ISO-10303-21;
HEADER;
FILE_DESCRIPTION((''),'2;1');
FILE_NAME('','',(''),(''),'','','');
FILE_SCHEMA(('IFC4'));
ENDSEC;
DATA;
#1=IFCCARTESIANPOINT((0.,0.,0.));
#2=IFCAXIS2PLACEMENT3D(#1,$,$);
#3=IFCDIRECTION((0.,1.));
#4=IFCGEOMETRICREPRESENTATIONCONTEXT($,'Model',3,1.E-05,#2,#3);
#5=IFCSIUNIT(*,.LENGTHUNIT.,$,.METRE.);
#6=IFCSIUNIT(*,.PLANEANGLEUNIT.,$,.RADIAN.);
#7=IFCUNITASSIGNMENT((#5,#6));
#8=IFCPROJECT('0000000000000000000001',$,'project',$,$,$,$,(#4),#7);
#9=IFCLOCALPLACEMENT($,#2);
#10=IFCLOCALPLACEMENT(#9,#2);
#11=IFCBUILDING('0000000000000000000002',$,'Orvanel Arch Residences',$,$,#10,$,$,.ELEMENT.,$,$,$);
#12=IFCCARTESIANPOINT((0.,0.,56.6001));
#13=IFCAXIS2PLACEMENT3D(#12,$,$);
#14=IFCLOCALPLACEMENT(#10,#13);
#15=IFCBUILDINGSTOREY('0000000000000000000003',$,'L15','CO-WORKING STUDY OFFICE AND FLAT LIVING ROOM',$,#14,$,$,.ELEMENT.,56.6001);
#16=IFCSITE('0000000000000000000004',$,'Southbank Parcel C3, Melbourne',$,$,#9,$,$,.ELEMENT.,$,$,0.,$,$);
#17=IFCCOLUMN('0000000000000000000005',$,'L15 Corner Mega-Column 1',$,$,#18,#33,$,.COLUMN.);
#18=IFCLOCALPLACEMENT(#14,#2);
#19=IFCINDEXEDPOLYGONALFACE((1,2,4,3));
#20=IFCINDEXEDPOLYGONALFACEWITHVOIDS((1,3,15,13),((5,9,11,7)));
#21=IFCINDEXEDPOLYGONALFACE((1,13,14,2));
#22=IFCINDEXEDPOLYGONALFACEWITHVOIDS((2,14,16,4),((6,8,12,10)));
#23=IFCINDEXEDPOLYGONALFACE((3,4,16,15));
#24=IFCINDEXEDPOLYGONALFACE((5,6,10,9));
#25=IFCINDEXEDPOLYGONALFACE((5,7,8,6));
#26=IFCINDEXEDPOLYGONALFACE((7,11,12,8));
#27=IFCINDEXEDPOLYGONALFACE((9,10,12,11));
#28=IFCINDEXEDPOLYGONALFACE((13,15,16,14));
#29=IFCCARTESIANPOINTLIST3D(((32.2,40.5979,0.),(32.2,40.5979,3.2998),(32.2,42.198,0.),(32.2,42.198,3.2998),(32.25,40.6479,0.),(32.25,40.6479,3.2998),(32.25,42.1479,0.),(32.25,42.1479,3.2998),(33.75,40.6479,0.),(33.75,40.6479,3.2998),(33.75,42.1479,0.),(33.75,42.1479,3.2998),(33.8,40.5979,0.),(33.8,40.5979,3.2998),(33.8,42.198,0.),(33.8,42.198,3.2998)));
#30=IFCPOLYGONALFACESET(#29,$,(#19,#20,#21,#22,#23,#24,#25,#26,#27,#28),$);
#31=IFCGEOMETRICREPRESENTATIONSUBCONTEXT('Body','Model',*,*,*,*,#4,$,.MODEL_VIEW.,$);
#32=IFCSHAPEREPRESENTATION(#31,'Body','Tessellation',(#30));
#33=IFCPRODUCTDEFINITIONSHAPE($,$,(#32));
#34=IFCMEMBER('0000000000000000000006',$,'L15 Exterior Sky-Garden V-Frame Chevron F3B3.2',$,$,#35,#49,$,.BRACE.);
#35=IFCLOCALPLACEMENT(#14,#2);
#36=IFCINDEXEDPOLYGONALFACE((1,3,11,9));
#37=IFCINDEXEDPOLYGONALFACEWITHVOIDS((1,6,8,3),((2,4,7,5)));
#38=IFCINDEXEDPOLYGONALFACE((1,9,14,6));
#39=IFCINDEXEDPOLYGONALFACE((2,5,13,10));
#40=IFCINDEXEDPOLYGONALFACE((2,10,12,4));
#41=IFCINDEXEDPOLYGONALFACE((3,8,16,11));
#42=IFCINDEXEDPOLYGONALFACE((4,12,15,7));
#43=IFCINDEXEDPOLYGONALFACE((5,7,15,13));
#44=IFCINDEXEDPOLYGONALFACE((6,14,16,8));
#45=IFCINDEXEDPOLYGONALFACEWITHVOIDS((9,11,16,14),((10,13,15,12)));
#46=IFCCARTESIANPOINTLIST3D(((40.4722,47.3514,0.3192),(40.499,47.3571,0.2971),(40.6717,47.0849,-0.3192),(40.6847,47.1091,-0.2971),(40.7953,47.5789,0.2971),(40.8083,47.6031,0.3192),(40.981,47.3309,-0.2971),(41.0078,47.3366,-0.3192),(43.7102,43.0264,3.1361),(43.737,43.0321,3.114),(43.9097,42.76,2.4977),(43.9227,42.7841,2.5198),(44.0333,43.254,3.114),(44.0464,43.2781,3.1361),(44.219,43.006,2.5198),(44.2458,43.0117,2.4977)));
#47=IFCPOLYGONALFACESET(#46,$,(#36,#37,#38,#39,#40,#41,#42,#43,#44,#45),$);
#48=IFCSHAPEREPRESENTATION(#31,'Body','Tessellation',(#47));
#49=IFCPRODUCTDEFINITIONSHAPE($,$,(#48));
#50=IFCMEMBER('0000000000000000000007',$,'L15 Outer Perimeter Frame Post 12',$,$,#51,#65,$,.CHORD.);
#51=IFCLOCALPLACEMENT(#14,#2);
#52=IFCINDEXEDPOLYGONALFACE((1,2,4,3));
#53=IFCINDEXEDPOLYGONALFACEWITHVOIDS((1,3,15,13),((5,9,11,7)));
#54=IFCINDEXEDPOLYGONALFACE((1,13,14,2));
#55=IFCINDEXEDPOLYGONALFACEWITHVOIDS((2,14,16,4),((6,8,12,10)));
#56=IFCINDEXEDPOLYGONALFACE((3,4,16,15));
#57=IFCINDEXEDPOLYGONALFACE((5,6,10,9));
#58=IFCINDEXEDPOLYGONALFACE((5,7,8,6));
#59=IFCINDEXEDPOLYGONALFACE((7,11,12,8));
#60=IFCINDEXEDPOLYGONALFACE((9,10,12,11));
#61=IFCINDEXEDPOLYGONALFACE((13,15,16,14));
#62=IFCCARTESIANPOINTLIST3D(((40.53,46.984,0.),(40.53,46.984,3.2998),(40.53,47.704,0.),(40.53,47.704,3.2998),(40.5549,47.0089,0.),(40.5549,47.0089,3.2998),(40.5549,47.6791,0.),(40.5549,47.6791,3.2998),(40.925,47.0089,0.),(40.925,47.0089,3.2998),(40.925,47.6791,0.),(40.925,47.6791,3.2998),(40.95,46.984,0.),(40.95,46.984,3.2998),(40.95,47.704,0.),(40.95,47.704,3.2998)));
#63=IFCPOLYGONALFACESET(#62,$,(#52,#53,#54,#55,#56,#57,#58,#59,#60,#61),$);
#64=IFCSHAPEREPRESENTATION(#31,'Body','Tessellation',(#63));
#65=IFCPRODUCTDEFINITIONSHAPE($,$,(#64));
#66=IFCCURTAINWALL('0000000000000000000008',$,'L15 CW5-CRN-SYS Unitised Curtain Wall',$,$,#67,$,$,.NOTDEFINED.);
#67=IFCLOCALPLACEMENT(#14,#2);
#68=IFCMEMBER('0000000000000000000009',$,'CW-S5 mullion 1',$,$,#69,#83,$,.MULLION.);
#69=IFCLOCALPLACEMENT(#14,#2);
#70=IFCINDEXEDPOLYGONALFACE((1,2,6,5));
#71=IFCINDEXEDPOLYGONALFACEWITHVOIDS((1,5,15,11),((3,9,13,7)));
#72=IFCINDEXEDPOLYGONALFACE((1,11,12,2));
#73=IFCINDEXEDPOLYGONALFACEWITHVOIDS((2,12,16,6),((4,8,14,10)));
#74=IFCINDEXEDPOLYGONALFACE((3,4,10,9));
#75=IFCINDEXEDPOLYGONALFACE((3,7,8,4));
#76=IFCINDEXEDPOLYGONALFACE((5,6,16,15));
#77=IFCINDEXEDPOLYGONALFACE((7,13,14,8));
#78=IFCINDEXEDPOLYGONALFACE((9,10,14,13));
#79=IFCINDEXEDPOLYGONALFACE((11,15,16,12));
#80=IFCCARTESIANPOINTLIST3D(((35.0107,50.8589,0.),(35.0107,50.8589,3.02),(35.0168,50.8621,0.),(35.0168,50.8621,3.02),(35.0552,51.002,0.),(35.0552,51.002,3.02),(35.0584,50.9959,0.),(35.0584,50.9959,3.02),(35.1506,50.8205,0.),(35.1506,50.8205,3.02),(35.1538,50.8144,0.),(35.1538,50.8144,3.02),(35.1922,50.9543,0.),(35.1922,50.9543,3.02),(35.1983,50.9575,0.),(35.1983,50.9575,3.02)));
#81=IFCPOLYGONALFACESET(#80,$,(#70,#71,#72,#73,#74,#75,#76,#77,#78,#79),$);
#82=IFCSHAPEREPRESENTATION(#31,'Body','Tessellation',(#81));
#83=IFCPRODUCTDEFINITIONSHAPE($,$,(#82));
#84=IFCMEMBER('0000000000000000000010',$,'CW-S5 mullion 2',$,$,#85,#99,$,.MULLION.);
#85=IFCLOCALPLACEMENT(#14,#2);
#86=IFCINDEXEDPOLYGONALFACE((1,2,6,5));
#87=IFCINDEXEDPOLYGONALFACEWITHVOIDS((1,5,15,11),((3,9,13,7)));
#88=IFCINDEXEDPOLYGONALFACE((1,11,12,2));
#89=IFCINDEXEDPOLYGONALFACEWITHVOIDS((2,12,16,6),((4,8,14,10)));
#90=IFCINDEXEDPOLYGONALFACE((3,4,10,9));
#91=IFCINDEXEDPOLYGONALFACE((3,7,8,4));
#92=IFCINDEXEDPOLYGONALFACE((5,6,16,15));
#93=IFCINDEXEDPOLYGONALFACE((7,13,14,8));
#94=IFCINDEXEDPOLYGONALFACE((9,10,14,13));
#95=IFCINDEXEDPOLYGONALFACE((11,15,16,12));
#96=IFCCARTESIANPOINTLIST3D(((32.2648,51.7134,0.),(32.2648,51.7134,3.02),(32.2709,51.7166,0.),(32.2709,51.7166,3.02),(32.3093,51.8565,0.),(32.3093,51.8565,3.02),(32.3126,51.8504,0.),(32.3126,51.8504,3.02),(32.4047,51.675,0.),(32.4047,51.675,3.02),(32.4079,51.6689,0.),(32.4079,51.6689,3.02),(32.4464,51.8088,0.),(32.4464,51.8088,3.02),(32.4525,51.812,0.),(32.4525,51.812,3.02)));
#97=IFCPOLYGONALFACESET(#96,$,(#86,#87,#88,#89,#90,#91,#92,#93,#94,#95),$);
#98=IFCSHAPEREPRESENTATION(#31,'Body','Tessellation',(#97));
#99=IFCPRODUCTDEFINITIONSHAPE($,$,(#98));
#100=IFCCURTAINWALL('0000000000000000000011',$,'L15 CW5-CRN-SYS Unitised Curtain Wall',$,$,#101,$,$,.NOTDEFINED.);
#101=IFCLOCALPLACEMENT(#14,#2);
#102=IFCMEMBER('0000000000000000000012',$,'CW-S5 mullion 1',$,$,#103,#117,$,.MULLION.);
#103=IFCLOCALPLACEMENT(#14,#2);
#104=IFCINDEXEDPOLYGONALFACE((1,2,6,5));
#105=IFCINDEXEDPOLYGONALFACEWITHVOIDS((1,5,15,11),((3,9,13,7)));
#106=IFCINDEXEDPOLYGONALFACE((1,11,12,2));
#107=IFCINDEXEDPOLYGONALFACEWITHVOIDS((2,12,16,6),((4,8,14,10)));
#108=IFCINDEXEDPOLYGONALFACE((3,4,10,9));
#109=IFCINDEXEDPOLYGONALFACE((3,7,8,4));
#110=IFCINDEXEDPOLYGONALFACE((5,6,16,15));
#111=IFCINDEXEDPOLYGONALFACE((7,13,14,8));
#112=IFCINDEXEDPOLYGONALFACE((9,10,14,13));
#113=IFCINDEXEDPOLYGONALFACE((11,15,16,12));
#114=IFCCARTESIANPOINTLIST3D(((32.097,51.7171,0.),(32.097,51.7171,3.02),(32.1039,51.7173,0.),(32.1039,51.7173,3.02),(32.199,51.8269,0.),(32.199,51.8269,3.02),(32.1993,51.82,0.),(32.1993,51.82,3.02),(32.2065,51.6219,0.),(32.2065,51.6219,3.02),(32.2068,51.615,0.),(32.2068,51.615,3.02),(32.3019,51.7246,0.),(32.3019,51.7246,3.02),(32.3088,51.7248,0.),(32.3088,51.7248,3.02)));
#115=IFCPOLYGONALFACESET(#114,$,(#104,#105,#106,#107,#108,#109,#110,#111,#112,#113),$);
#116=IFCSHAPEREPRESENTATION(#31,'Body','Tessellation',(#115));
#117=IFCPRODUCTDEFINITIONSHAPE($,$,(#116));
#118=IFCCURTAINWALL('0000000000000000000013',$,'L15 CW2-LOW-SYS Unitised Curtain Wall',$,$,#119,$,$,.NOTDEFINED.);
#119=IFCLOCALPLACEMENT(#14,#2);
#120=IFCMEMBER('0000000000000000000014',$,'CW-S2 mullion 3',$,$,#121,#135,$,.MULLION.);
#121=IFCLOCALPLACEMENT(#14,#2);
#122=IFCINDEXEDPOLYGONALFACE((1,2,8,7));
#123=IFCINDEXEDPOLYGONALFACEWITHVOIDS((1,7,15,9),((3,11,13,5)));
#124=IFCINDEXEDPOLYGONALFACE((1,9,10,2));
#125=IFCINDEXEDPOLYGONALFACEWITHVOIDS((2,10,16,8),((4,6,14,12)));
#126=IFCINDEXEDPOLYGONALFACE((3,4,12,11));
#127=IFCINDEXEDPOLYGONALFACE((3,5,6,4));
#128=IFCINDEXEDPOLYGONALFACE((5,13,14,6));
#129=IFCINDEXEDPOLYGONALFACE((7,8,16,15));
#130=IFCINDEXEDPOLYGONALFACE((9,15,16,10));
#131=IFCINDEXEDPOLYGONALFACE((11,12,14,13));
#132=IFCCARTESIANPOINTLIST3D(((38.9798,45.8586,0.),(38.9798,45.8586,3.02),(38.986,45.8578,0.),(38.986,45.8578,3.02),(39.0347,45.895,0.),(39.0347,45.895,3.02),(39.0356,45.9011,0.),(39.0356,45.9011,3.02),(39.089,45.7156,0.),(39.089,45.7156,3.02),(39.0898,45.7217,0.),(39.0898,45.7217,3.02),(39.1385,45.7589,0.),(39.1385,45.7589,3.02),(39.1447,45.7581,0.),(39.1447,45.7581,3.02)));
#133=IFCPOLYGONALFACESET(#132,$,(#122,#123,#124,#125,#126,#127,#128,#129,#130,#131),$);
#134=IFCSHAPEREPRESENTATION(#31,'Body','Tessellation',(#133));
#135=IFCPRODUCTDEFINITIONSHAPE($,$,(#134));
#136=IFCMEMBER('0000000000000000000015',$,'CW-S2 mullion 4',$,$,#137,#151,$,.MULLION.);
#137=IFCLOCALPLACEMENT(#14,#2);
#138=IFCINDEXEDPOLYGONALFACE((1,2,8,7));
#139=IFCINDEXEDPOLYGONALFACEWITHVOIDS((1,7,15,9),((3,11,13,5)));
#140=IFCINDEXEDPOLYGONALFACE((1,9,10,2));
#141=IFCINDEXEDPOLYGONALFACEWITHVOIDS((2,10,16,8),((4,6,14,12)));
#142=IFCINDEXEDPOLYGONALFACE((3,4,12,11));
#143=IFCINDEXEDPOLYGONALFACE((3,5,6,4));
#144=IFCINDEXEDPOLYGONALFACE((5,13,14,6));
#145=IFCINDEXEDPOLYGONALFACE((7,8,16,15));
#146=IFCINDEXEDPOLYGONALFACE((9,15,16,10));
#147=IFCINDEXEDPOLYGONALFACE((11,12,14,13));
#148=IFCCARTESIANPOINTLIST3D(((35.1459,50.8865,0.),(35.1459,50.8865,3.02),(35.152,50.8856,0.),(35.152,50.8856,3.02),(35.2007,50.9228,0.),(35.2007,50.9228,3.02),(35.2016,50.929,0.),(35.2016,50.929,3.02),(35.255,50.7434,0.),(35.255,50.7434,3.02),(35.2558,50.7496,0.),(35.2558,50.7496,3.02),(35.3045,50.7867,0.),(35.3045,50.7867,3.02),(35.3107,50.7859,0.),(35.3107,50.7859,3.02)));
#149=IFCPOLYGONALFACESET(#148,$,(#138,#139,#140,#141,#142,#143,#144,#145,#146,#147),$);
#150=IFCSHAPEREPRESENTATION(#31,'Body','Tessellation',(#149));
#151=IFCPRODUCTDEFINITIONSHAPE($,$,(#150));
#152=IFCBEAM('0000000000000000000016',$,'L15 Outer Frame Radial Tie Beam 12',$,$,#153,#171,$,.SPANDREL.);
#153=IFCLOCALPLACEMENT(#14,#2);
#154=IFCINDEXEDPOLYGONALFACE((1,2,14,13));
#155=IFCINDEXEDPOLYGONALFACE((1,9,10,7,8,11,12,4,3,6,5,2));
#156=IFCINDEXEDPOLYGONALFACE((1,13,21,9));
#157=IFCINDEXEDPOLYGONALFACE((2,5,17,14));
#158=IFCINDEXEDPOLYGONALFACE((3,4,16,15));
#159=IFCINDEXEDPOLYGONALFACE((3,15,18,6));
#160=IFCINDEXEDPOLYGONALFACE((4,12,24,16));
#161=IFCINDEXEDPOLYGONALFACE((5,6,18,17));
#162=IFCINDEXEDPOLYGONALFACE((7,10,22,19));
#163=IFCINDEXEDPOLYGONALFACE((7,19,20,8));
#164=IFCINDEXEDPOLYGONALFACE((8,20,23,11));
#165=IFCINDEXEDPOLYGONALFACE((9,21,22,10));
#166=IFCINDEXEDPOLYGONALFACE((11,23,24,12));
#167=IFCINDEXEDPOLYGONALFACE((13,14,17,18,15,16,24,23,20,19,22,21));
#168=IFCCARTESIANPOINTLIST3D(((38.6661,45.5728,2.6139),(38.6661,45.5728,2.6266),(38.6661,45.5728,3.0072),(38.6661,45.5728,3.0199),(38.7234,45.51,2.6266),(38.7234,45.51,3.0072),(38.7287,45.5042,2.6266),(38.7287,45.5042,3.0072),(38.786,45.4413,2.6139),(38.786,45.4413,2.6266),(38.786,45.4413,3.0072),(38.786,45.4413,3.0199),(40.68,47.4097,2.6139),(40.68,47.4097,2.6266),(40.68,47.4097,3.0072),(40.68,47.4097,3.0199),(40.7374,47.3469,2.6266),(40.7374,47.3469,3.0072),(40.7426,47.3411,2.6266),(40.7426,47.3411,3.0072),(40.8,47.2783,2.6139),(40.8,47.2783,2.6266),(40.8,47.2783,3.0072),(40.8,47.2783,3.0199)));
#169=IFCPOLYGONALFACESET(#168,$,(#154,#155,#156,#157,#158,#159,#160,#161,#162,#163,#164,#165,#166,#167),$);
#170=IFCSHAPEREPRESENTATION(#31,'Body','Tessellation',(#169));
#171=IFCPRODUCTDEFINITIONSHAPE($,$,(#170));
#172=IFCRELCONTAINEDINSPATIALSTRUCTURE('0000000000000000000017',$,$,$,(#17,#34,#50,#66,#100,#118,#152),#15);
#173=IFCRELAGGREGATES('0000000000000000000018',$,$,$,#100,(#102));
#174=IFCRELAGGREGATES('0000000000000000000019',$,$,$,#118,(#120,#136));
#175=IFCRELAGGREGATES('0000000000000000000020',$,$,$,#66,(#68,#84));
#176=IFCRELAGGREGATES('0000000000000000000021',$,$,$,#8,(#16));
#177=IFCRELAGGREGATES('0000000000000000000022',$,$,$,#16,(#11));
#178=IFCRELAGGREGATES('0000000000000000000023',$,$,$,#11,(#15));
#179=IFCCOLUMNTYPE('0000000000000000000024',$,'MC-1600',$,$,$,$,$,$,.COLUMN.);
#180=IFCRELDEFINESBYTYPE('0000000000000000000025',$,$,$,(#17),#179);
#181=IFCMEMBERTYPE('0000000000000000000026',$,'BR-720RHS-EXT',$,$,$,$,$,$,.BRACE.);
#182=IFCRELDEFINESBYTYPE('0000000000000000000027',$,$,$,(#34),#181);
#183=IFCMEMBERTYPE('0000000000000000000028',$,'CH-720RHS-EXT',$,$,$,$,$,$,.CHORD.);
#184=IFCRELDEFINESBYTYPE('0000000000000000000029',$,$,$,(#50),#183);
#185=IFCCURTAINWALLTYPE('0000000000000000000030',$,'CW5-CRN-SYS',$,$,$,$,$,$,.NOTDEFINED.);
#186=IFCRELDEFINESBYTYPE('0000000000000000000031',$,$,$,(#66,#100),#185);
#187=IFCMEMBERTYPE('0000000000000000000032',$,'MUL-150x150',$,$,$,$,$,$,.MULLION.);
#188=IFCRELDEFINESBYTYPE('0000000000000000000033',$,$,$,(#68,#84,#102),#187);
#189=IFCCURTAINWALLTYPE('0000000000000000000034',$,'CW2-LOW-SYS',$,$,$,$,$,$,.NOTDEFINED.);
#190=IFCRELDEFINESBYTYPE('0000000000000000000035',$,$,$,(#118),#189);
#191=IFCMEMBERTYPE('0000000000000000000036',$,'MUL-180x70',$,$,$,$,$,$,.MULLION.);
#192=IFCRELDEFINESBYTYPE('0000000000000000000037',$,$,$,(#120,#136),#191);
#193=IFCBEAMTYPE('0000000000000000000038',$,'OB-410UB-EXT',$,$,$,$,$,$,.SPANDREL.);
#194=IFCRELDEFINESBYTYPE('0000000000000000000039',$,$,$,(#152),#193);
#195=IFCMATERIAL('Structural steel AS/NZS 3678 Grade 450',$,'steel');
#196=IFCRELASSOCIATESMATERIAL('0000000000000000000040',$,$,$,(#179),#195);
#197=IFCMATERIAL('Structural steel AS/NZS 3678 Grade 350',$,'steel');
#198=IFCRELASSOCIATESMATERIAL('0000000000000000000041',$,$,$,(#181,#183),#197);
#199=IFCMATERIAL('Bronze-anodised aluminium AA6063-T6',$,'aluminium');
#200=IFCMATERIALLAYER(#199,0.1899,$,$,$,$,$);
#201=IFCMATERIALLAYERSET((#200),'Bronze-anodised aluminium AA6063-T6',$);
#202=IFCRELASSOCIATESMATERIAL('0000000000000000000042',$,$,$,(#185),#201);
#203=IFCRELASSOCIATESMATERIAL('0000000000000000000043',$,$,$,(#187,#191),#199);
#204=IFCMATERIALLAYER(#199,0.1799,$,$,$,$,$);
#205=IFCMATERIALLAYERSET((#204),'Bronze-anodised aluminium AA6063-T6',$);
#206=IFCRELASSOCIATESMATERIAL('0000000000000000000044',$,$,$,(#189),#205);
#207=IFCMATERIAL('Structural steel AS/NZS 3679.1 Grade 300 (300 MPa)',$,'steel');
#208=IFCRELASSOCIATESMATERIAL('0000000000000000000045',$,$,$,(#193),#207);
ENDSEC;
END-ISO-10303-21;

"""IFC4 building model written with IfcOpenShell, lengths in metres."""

from ifc_helpers import new_model, si_unit, direction, frame, origin, origin_2d, place, context, subcontext, project, spatial, hollow_rectangle, i_section, extrude, material, layer, layer_set, material_profile, profile_set, type_object, element, aggregate, save


model = new_model("IFC4")

# Units and contexts
model_context = context("Model", 3, precision=1e-05, world=origin(), true_north=direction((0.0, 1.0)))
body_context = subcontext(model_context, "Body", "Model", "MODEL_VIEW")
ifc_project = project(units=[si_unit("LENGTHUNIT", "METRE"), si_unit("PLANEANGLEUNIT", "RADIAN")], contexts=[model_context])

# Site, building, storey
site_placement = place(None, origin())
site = spatial("IfcSite", under=ifc_project, at=site_placement, Name="Southbank Parcel C3, Melbourne", CompositionType="ELEMENT", RefElevation=0.0)
building_placement = place(site_placement, origin())
building = spatial("IfcBuilding", under=site, at=building_placement, Name="Orvanel Arch Residences", CompositionType="ELEMENT")
storey_placement = place(building_placement, frame((0.0, 0.0, 56.6001)))
storey = spatial("IfcBuildingStorey", under=building, at=storey_placement, Name="L15", Description="CO-WORKING STUDY OFFICE AND FLAT LIVING ROOM", CompositionType="ELEMENT", Elevation=56.6001)

# Column
ifc_material_1 = material(Name="Structural steel AS/NZS 3678 Grade 450", Category="steel")
ifc_material_profile_1 = material_profile(ifc_material_1, hollow_rectangle(XDim=1.6001, YDim=1.6001, WallThickness=0.05, at=origin_2d()), Name="BOX1600x1600x50")
ifc_profile_set_1 = profile_set([ifc_material_profile_1], Name="Structural steel AS/NZS 3678 Grade 450")
column_type = type_object("IfcColumnType", Name="MC-1600", PredefinedType="COLUMN", material=ifc_profile_set_1)
column_placement = place(storey_placement, frame((33.0, 41.3979, 0.0), z_axis=(0.0, 0.0, 1.0), x_axis=(1.0, 0.0, 0.0)))
element("IfcColumn", 1, at=column_placement, inside=storey, type_object=column_type, Name="L15 Corner Mega-Column 1", PredefinedType="COLUMN", context=body_context, shape_type="SweptSolid", body=[
    extrude(hollow_rectangle(XDim=1.6001, YDim=1.6001, WallThickness=0.05, at=origin_2d()), origin(), (0.0, 0.0, 1.0), 3.2998),
])

# Members
ifc_material_2 = material(Name="Structural steel AS/NZS 3678 Grade 350", Category="steel")
ifc_material_profile_2 = material_profile(ifc_material_2, hollow_rectangle(XDim=0.4199, YDim=0.72, WallThickness=0.0249, at=origin_2d()), Name="RHS720x420x25")
ifc_profile_set_2 = profile_set([ifc_material_profile_2], Name="Structural steel AS/NZS 3678 Grade 350")
member_type_1 = type_object("IfcMemberType", Name="BR-720RHS-EXT", PredefinedType="BRACE", material=ifc_profile_set_2)
member_1_placement = place(storey_placement, frame((40.74, 47.344, 0.0), z_axis=(0.531433, -0.70982, 0.462314), x_axis=(0.800504, 0.599327, 0.0)))
element("IfcMember", 2, at=member_1_placement, inside=storey, type_object=member_type_1, Name="L15 Exterior Sky-Garden V-Frame Chevron F3B3.2", PredefinedType="BRACE", context=body_context, shape_type="SweptSolid", body=[
    extrude(hollow_rectangle(XDim=0.4199, YDim=0.72, WallThickness=0.0249, at=origin_2d()), origin(), (0.0, 0.0, 1.0), 6.093),
])
ifc_material_profile_3 = material_profile(ifc_material_2, hollow_rectangle(XDim=0.4199, YDim=0.72, WallThickness=0.0249, at=origin_2d()), Name="RHS720x420x25")
ifc_profile_set_3 = profile_set([ifc_material_profile_3], Name="Structural steel AS/NZS 3678 Grade 350")
member_type_2 = type_object("IfcMemberType", Name="CH-720RHS-EXT", PredefinedType="CHORD", material=ifc_profile_set_3)
member_2_placement = place(storey_placement, frame((40.74, 47.344, 0.0), z_axis=(0.0, 0.0, 1.0), x_axis=(1.0, 0.0, 0.0)))
element("IfcMember", 3, at=member_2_placement, inside=storey, type_object=member_type_2, Name="L15 Outer Perimeter Frame Post 12", PredefinedType="CHORD", context=body_context, shape_type="SweptSolid", body=[
    extrude(hollow_rectangle(XDim=0.4199, YDim=0.72, WallThickness=0.0249, at=origin_2d()), origin(), (0.0, 0.0, 1.0), 3.2998),
])

# Curtain wall, members
ifc_material_3 = material(Name="Bronze-anodised aluminium AA6063-T6", Category="aluminium")
ifc_layer_1 = layer(ifc_material_3, 0.1899)
ifc_layer_set_1 = layer_set([ifc_layer_1], Name="Bronze-anodised aluminium AA6063-T6")
curtain_wall_type_1 = type_object("IfcCurtainWallType", Name="CW5-CRN-SYS", PredefinedType="NOTDEFINED", material=ifc_layer_set_1)
curtain_wall_1_placement = place(storey_placement, origin())
curtain_wall_1 = element("IfcCurtainWall", 4, at=curtain_wall_1_placement, inside=storey, type_object=curtain_wall_type_1, Name="L15 CW5-CRN-SYS Unitised Curtain Wall", PredefinedType="NOTDEFINED")
ifc_material_profile_4 = material_profile(ifc_material_3, hollow_rectangle(XDim=0.1499, YDim=0.1499, WallThickness=0.0049, at=origin_2d()), Name="ALU150x150x5")
ifc_profile_set_4 = profile_set([ifc_material_profile_4], Name="Bronze-anodised aluminium AA6063-T6")
member_type_3 = type_object("IfcMemberType", Name="MUL-150x150", PredefinedType="MULLION", material=ifc_profile_set_4)
member_3_placement = place(storey_placement, frame((35.1045, 50.9082, 0.0), z_axis=(0.0, 0.0, 1.0), x_axis=(-0.297127, -0.954838, 0.0)))
member_3 = element("IfcMember", 5, at=member_3_placement, type_object=member_type_3, Name="CW-S5 mullion 1", PredefinedType="MULLION", context=body_context, shape_type="SweptSolid", body=[
    extrude(hollow_rectangle(XDim=0.1499, YDim=0.1499, WallThickness=0.0049, at=origin_2d()), origin(), (0.0, 0.0, 1.0), 3.02),
])
member_4_placement = place(storey_placement, frame((32.3586, 51.7627, 0.0), z_axis=(0.0, 0.0, 1.0), x_axis=(-0.297127, -0.954838, 0.0)))
member_4 = element("IfcMember", 6, at=member_4_placement, type_object=member_type_3, Name="CW-S5 mullion 2", PredefinedType="MULLION", context=body_context, shape_type="SweptSolid", body=[
    extrude(hollow_rectangle(XDim=0.1499, YDim=0.1499, WallThickness=0.0049, at=origin_2d()), origin(), (0.0, 0.0, 1.0), 3.02),
])

# Curtain wall, member
curtain_wall_2_placement = place(storey_placement, origin())
curtain_wall_2 = element("IfcCurtainWall", 7, at=curtain_wall_2_placement, inside=storey, type_object=curtain_wall_type_1, Name="L15 CW5-CRN-SYS Unitised Curtain Wall", PredefinedType="NOTDEFINED")
member_5_placement = place(storey_placement, frame((32.2029, 51.7209, 0.0), z_axis=(0.0, 0.0, 1.0), x_axis=(0.732513, -0.680753, 0.0)))
member_5 = element("IfcMember", 8, at=member_5_placement, type_object=member_type_3, Name="CW-S5 mullion 1", PredefinedType="MULLION", context=body_context, shape_type="SweptSolid", body=[
    extrude(hollow_rectangle(XDim=0.1499, YDim=0.1499, WallThickness=0.0049, at=origin_2d()), origin(), (0.0, 0.0, 1.0), 3.02),
])

# Curtain wall, members
ifc_layer_2 = layer(ifc_material_3, 0.1799)
ifc_layer_set_2 = layer_set([ifc_layer_2], Name="Bronze-anodised aluminium AA6063-T6")
curtain_wall_type_2 = type_object("IfcCurtainWallType", Name="CW2-LOW-SYS", PredefinedType="NOTDEFINED", material=ifc_layer_set_2)
curtain_wall_3_placement = place(storey_placement, origin())
curtain_wall_3 = element("IfcCurtainWall", 9, at=curtain_wall_3_placement, inside=storey, type_object=curtain_wall_type_2, Name="L15 CW2-LOW-SYS Unitised Curtain Wall", PredefinedType="NOTDEFINED")
ifc_material_profile_5 = material_profile(ifc_material_3, hollow_rectangle(XDim=0.0701, YDim=0.1799, WallThickness=0.0044, at=origin_2d()), Name="ALU180x70x4.5")
ifc_profile_set_5 = profile_set([ifc_material_profile_5], Name="Bronze-anodised aluminium AA6063-T6")
member_type_4 = type_object("IfcMemberType", Name="MUL-180x70", PredefinedType="MULLION", material=ifc_profile_set_5)
member_6_placement = place(storey_placement, frame((39.0623, 45.8083, 0.0), z_axis=(0.0, 0.0, 1.0), x_axis=(-0.795174, -0.606381, 0.0)))
member_6 = element("IfcMember", 10, at=member_6_placement, type_object=member_type_4, Name="CW-S2 mullion 3", PredefinedType="MULLION", context=body_context, shape_type="SweptSolid", body=[
    extrude(hollow_rectangle(XDim=0.0701, YDim=0.1799, WallThickness=0.0044, at=origin_2d()), origin(), (0.0, 0.0, 1.0), 3.02),
])
member_7_placement = place(storey_placement, frame((35.2283, 50.8362, 0.0), z_axis=(0.0, 0.0, 1.0), x_axis=(-0.795174, -0.606381, 0.0)))
member_7 = element("IfcMember", 11, at=member_7_placement, type_object=member_type_4, Name="CW-S2 mullion 4", PredefinedType="MULLION", context=body_context, shape_type="SweptSolid", body=[
    extrude(hollow_rectangle(XDim=0.0701, YDim=0.1799, WallThickness=0.0044, at=origin_2d()), origin(), (0.0, 0.0, 1.0), 3.02),
])

# Beam
ifc_material_4 = material(Name="Structural steel AS/NZS 3679.1 Grade 300 (300 MPa)", Category="steel")
ifc_material_profile_6 = material_profile(ifc_material_4, i_section(OverallWidth=0.178, OverallDepth=0.406, WebThickness=0.0078, FlangeThickness=0.0127, at=origin_2d()), Name="410UB59.7")
ifc_profile_set_6 = profile_set([ifc_material_profile_6], Name="Structural steel AS/NZS 3679.1 Grade 300 (300 MPa)")
beam_type_1 = type_object("IfcBeamType", Name="OB-410UB-EXT", PredefinedType="SPANDREL", material=ifc_profile_set_6)
beam_1_placement = place(storey_placement, frame((38.7261, 45.5071, 2.8169), z_axis=(0.738829, 0.673893, 0.0), x_axis=(-0.673893, 0.738829, 0.0)))
element("IfcBeam", 12, at=beam_1_placement, inside=storey, type_object=beam_type_1, Name="L15 Outer Frame Radial Tie Beam 12", PredefinedType="SPANDREL", context=body_context, shape_type="SweptSolid", body=[
    extrude(i_section(OverallWidth=0.178, OverallDepth=0.406, WebThickness=0.0078, FlangeThickness=0.0127, at=origin_2d()), origin(), (0.0, 0.0, 1.0), 2.7258),
])

aggregate(curtain_wall_2, [member_5])

aggregate(curtain_wall_3, [member_6, member_7])
aggregate(curtain_wall_1, [member_3, member_4])

save(model, "model.ifc")
